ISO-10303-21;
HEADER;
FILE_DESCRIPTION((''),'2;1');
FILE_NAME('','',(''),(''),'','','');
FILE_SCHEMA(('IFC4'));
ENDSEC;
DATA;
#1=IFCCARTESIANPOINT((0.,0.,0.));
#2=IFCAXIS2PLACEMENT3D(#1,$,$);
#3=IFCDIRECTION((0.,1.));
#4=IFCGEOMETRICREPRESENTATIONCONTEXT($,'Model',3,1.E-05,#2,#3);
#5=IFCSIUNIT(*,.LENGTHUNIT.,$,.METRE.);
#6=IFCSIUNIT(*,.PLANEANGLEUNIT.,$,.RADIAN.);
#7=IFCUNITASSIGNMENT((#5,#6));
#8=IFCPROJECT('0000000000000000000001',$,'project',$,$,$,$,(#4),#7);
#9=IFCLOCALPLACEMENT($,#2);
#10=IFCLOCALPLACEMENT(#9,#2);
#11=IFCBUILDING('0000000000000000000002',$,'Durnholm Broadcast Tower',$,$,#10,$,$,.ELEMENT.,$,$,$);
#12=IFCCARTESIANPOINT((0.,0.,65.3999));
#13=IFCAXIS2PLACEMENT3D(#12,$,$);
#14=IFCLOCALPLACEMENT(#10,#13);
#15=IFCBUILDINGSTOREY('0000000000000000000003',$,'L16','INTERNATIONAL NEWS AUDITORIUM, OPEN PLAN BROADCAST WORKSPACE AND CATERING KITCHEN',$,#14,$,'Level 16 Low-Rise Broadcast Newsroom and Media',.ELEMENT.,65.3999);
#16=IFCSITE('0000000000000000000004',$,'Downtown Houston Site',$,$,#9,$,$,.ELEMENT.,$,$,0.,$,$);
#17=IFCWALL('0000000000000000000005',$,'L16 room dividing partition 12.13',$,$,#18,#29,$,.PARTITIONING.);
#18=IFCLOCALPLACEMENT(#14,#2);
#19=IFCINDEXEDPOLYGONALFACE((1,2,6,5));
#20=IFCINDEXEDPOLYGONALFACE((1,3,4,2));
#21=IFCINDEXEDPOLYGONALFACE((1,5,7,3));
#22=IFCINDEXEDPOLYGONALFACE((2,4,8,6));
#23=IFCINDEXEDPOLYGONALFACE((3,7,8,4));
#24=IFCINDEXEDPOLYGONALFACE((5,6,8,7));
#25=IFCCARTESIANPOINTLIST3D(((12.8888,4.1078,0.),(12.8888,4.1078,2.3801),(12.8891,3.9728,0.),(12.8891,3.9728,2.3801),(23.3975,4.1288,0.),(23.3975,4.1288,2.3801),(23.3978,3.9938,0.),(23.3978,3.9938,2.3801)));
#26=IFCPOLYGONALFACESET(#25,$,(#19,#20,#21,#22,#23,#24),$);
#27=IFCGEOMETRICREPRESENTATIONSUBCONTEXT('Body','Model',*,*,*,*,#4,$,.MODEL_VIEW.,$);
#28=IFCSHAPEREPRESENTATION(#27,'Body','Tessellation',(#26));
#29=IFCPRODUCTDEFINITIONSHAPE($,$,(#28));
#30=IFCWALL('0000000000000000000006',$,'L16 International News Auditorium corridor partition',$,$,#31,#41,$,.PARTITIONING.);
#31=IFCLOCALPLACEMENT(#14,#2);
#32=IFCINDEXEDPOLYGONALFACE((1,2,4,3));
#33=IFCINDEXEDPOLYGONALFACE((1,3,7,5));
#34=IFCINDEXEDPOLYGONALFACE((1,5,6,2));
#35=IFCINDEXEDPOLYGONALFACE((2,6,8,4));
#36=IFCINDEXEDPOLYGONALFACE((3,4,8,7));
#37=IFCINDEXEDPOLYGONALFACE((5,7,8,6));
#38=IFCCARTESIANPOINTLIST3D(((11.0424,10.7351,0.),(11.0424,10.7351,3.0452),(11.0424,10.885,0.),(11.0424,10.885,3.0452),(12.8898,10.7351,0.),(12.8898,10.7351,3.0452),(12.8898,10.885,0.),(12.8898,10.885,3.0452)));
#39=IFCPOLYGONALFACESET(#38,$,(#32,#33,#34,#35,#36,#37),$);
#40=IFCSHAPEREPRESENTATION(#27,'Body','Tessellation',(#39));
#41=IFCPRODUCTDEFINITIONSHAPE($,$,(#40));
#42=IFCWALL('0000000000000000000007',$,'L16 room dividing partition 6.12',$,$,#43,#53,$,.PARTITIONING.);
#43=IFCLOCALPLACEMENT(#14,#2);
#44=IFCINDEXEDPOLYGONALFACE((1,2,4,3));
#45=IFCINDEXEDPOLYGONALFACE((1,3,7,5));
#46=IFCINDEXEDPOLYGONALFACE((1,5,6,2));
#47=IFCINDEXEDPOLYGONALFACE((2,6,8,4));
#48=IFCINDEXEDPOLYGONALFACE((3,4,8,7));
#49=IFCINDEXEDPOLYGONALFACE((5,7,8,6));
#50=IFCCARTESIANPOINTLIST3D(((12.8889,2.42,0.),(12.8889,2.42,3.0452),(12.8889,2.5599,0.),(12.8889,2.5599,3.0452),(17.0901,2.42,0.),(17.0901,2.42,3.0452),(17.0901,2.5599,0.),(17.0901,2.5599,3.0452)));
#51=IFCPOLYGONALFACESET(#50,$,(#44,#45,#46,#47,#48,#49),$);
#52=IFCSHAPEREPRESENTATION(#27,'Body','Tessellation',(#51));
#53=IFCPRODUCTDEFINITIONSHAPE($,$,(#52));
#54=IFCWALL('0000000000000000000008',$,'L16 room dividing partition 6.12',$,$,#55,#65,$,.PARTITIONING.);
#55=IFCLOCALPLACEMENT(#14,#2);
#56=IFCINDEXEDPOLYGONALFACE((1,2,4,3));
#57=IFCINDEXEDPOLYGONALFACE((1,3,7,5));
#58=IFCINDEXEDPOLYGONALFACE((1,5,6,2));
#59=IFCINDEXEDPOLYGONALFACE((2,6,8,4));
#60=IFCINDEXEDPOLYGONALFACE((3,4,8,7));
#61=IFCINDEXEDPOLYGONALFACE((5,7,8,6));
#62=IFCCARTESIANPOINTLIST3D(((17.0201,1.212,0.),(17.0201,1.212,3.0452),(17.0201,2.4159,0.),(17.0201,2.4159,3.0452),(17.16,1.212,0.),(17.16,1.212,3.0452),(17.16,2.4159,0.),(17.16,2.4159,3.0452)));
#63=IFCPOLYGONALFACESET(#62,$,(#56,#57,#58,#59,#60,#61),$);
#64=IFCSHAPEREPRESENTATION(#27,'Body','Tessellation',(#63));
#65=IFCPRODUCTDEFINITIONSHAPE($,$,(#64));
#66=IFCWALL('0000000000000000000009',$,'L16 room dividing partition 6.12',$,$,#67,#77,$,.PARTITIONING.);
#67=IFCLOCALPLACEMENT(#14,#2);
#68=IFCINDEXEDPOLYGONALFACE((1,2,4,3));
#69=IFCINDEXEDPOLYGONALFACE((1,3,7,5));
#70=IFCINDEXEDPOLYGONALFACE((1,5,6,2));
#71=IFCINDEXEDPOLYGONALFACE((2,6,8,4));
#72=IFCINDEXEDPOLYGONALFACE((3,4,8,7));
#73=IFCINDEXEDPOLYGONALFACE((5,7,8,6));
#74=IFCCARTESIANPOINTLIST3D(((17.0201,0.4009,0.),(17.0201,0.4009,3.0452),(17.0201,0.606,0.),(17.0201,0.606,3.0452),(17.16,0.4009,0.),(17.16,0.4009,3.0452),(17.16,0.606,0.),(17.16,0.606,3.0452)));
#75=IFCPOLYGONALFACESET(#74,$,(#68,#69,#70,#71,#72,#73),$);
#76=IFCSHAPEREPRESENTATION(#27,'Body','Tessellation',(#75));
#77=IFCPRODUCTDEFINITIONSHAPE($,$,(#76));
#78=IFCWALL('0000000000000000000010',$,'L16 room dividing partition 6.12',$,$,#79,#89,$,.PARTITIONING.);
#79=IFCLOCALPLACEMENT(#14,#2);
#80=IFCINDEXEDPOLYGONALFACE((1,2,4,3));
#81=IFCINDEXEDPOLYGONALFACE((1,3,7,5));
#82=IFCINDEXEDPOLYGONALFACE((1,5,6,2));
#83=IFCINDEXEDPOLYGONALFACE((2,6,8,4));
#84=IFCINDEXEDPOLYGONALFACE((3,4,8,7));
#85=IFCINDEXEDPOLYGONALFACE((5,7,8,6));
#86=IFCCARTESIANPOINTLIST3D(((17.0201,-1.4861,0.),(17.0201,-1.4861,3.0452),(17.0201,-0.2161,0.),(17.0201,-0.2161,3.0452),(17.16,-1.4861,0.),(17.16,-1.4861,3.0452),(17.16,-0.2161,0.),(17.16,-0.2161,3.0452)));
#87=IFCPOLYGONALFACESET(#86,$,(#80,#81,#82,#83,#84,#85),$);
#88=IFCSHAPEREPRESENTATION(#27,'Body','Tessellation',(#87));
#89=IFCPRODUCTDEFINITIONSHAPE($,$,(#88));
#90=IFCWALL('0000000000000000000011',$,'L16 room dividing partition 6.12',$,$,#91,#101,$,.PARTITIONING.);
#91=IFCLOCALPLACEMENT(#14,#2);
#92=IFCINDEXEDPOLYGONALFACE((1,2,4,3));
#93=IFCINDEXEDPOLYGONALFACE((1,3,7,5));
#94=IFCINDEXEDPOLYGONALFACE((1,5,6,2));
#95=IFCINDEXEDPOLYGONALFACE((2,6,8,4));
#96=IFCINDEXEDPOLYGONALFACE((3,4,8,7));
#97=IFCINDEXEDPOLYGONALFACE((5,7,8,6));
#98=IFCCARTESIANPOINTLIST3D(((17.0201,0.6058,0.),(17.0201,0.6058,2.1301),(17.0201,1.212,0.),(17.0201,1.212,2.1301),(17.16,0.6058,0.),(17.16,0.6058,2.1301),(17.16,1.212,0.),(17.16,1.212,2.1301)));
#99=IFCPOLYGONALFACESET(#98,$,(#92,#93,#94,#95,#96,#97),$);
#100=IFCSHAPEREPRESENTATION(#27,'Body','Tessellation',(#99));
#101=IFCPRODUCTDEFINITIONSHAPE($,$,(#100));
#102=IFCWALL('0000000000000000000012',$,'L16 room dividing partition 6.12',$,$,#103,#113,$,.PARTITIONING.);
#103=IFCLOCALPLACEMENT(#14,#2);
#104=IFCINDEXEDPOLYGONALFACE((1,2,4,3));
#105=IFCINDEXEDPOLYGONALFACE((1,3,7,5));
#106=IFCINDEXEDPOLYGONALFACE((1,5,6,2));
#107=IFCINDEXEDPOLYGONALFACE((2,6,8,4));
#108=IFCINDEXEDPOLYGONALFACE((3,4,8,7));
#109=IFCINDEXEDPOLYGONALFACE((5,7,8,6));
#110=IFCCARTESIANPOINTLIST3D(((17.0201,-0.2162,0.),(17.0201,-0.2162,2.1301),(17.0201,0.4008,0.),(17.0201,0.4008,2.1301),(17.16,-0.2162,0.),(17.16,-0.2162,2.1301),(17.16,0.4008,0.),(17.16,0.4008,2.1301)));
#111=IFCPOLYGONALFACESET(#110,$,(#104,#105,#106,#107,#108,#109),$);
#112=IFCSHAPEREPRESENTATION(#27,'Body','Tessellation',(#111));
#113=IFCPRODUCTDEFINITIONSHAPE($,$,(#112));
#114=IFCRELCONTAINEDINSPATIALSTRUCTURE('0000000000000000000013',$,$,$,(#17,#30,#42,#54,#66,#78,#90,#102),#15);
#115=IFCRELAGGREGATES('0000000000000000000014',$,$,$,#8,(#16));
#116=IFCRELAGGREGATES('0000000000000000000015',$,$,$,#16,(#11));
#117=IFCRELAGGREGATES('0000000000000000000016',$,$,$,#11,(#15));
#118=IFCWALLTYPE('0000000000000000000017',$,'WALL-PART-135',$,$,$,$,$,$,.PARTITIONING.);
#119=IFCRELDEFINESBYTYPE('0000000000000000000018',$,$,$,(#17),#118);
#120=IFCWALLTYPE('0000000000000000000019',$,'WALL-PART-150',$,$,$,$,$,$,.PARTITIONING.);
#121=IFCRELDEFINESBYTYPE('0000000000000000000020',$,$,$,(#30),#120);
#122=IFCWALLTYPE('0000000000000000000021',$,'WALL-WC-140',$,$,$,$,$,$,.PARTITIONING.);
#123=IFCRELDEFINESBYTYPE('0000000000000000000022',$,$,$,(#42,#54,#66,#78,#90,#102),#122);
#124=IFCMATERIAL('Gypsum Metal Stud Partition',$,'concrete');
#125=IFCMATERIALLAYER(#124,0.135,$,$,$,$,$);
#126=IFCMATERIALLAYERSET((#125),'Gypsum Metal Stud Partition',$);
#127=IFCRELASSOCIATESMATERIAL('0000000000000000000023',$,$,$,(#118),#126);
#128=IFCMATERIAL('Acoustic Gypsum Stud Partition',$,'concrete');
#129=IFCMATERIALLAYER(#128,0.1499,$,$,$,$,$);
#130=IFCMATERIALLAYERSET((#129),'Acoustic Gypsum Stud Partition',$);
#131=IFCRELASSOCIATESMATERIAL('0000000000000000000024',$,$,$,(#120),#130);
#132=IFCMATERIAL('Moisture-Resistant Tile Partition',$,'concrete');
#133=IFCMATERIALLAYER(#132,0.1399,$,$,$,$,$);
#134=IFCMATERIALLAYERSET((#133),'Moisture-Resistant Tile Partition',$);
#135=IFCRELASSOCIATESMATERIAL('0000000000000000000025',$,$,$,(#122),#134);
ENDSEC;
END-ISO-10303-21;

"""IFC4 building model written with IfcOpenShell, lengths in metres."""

from ifc_helpers import new_model, si_unit, direction, frame, frame_2d, origin, place, context, subcontext, project, spatial, rectangle, extrude, material, layer, layer_set, type_object, element, save


model = new_model("IFC4")

# Units and contexts
model_context = context("Model", 3, precision=1e-05, world=origin(), true_north=direction((0.0, 1.0)))
body_context = subcontext(model_context, "Body", "Model", "MODEL_VIEW")
ifc_project = project(units=[si_unit("LENGTHUNIT", "METRE"), si_unit("PLANEANGLEUNIT", "RADIAN")], contexts=[model_context])

# Site, building, storey
site_placement = place(None, origin())
site = spatial("IfcSite", under=ifc_project, at=site_placement, Name="Downtown Houston Site", CompositionType="ELEMENT", RefElevation=0.0)
building_placement = place(site_placement, origin())
building = spatial("IfcBuilding", under=site, at=building_placement, Name="Durnholm Broadcast Tower", CompositionType="ELEMENT")
storey_placement = place(building_placement, frame((0.0, 0.0, 65.3999)))
storey = spatial("IfcBuildingStorey", under=building, at=storey_placement, Name="L16", Description="INTERNATIONAL NEWS AUDITORIUM, OPEN PLAN BROADCAST WORKSPACE AND CATERING KITCHEN", LongName="Level 16 Low-Rise Broadcast Newsroom and Media", CompositionType="ELEMENT", Elevation=65.3999)

# Walls
ifc_material_1 = material(Name="Gypsum Metal Stud Partition", Category="concrete")
ifc_layer_1 = layer(ifc_material_1, 0.135)
ifc_layer_set_1 = layer_set([ifc_layer_1], Name="Gypsum Metal Stud Partition")
wall_type_1 = type_object("IfcWallType", Name="WALL-PART-135", PredefinedType="PARTITIONING", material=ifc_layer_set_1)
wall_1_placement = place(storey_placement, frame((12.8889, 4.0403, 0.0), z_axis=(0.0, 0.0, 1.0), x_axis=(0.999998, 0.001998, 0.0)))
element("IfcWall", 1, at=wall_1_placement, inside=storey, type_object=wall_type_1, Name="L16 room dividing partition 12.13", PredefinedType="PARTITIONING", context=body_context, shape_type="SweptSolid", body=[
    extrude(rectangle(XDim=10.5088, YDim=0.135, at=frame_2d((5.2544, 0.0))), origin(), (0.0, 0.0, 1.0), 2.3801),
])
ifc_material_2 = material(Name="Acoustic Gypsum Stud Partition", Category="concrete")
ifc_layer_2 = layer(ifc_material_2, 0.1499)
ifc_layer_set_2 = layer_set([ifc_layer_2], Name="Acoustic Gypsum Stud Partition")
wall_type_2 = type_object("IfcWallType", Name="WALL-PART-150", PredefinedType="PARTITIONING", material=ifc_layer_set_2)
wall_2_placement = place(storey_placement, frame((12.8899, 10.8101, 0.0), z_axis=(0.0, 0.0, 1.0), x_axis=(-1.0, 0.0, 0.0)))
element("IfcWall", 2, at=wall_2_placement, inside=storey, type_object=wall_type_2, Name="L16 International News Auditorium corridor partition", PredefinedType="PARTITIONING", context=body_context, shape_type="SweptSolid", body=[
    extrude(rectangle(XDim=1.8474, YDim=0.1499, at=frame_2d((0.9238, 0.0))), origin(), (0.0, 0.0, 1.0), 3.0452),
])

# Walls
ifc_material_3 = material(Name="Moisture-Resistant Tile Partition", Category="concrete")
ifc_layer_3 = layer(ifc_material_3, 0.1399)
ifc_layer_set_3 = layer_set([ifc_layer_3], Name="Moisture-Resistant Tile Partition")
wall_type_3 = type_object("IfcWallType", Name="WALL-WC-140", PredefinedType="PARTITIONING", material=ifc_layer_set_3)
wall_3_placement = place(storey_placement, frame((12.8889, 2.49, 0.0), z_axis=(0.0, 0.0, 1.0), x_axis=(1.0, 0.0, 0.0)))
element("IfcWall", 3, at=wall_3_placement, inside=storey, type_object=wall_type_3, Name="L16 room dividing partition 6.12", PredefinedType="PARTITIONING", context=body_context, shape_type="SweptSolid", body=[
    extrude(rectangle(XDim=4.2012, YDim=0.1399, at=frame_2d((2.1006, 0.0))), origin(), (0.0, 0.0, 1.0), 3.0452),
])
wall_4_placement = place(storey_placement, frame((17.0901, 2.416, 0.0), z_axis=(0.0, 0.0, 1.0), x_axis=(0.0, -1.0, 0.0)))
element("IfcWall", 4, at=wall_4_placement, inside=storey, type_object=wall_type_3, Name="L16 room dividing partition 6.12", PredefinedType="PARTITIONING", context=body_context, shape_type="SweptSolid", body=[
    extrude(rectangle(XDim=1.2039, YDim=0.1399, at=frame_2d((0.6021, 0.0))), origin(), (0.0, 0.0, 1.0), 3.0452),
])
wall_5_placement = place(storey_placement, frame((17.0901, 0.606, 0.0), z_axis=(0.0, 0.0, 1.0), x_axis=(0.0, -1.0, 0.0)))
element("IfcWall", 5, at=wall_5_placement, inside=storey, type_object=wall_type_3, Name="L16 room dividing partition 6.12", PredefinedType="PARTITIONING", context=body_context, shape_type="SweptSolid", body=[
    extrude(rectangle(XDim=0.2051, YDim=0.1399, at=frame_2d((0.1025, 0.0))), origin(), (0.0, 0.0, 1.0), 3.0452),
])
wall_6_placement = place(storey_placement, frame((17.0901, -0.2161, 0.0), z_axis=(0.0, 0.0, 1.0), x_axis=(0.0, -1.0, 0.0)))
element("IfcWall", 6, at=wall_6_placement, inside=storey, type_object=wall_type_3, Name="L16 room dividing partition 6.12", PredefinedType="PARTITIONING", context=body_context, shape_type="SweptSolid", body=[
    extrude(rectangle(XDim=1.27, YDim=0.1399, at=frame_2d((0.635, 0.0))), origin(), (0.0, 0.0, 1.0), 3.0452),
])
wall_7_placement = place(storey_placement, frame((17.0901, 1.2122, 0.0), z_axis=(0.0, 0.0, 1.0), x_axis=(0.0, -1.0, 0.0)))
element("IfcWall", 7, at=wall_7_placement, inside=storey, type_object=wall_type_3, Name="L16 room dividing partition 6.12", PredefinedType="PARTITIONING", context=body_context, shape_type="SweptSolid", body=[
    extrude(rectangle(XDim=0.6062, YDim=0.1399, at=frame_2d((0.3032, 0.0))), origin(), (0.0, 0.0, 1.0), 2.1301),
])
wall_8_placement = place(storey_placement, frame((17.0901, 0.4009, 0.0), z_axis=(0.0, 0.0, 1.0), x_axis=(0.0, -1.0, 0.0)))
element("IfcWall", 8, at=wall_8_placement, inside=storey, type_object=wall_type_3, Name="L16 room dividing partition 6.12", PredefinedType="PARTITIONING", context=body_context, shape_type="SweptSolid", body=[
    extrude(rectangle(XDim=0.6169, YDim=0.1399, at=frame_2d((0.3086, 0.0))), origin(), (0.0, 0.0, 1.0), 2.1301),
])

save(model, "model.ifc")
